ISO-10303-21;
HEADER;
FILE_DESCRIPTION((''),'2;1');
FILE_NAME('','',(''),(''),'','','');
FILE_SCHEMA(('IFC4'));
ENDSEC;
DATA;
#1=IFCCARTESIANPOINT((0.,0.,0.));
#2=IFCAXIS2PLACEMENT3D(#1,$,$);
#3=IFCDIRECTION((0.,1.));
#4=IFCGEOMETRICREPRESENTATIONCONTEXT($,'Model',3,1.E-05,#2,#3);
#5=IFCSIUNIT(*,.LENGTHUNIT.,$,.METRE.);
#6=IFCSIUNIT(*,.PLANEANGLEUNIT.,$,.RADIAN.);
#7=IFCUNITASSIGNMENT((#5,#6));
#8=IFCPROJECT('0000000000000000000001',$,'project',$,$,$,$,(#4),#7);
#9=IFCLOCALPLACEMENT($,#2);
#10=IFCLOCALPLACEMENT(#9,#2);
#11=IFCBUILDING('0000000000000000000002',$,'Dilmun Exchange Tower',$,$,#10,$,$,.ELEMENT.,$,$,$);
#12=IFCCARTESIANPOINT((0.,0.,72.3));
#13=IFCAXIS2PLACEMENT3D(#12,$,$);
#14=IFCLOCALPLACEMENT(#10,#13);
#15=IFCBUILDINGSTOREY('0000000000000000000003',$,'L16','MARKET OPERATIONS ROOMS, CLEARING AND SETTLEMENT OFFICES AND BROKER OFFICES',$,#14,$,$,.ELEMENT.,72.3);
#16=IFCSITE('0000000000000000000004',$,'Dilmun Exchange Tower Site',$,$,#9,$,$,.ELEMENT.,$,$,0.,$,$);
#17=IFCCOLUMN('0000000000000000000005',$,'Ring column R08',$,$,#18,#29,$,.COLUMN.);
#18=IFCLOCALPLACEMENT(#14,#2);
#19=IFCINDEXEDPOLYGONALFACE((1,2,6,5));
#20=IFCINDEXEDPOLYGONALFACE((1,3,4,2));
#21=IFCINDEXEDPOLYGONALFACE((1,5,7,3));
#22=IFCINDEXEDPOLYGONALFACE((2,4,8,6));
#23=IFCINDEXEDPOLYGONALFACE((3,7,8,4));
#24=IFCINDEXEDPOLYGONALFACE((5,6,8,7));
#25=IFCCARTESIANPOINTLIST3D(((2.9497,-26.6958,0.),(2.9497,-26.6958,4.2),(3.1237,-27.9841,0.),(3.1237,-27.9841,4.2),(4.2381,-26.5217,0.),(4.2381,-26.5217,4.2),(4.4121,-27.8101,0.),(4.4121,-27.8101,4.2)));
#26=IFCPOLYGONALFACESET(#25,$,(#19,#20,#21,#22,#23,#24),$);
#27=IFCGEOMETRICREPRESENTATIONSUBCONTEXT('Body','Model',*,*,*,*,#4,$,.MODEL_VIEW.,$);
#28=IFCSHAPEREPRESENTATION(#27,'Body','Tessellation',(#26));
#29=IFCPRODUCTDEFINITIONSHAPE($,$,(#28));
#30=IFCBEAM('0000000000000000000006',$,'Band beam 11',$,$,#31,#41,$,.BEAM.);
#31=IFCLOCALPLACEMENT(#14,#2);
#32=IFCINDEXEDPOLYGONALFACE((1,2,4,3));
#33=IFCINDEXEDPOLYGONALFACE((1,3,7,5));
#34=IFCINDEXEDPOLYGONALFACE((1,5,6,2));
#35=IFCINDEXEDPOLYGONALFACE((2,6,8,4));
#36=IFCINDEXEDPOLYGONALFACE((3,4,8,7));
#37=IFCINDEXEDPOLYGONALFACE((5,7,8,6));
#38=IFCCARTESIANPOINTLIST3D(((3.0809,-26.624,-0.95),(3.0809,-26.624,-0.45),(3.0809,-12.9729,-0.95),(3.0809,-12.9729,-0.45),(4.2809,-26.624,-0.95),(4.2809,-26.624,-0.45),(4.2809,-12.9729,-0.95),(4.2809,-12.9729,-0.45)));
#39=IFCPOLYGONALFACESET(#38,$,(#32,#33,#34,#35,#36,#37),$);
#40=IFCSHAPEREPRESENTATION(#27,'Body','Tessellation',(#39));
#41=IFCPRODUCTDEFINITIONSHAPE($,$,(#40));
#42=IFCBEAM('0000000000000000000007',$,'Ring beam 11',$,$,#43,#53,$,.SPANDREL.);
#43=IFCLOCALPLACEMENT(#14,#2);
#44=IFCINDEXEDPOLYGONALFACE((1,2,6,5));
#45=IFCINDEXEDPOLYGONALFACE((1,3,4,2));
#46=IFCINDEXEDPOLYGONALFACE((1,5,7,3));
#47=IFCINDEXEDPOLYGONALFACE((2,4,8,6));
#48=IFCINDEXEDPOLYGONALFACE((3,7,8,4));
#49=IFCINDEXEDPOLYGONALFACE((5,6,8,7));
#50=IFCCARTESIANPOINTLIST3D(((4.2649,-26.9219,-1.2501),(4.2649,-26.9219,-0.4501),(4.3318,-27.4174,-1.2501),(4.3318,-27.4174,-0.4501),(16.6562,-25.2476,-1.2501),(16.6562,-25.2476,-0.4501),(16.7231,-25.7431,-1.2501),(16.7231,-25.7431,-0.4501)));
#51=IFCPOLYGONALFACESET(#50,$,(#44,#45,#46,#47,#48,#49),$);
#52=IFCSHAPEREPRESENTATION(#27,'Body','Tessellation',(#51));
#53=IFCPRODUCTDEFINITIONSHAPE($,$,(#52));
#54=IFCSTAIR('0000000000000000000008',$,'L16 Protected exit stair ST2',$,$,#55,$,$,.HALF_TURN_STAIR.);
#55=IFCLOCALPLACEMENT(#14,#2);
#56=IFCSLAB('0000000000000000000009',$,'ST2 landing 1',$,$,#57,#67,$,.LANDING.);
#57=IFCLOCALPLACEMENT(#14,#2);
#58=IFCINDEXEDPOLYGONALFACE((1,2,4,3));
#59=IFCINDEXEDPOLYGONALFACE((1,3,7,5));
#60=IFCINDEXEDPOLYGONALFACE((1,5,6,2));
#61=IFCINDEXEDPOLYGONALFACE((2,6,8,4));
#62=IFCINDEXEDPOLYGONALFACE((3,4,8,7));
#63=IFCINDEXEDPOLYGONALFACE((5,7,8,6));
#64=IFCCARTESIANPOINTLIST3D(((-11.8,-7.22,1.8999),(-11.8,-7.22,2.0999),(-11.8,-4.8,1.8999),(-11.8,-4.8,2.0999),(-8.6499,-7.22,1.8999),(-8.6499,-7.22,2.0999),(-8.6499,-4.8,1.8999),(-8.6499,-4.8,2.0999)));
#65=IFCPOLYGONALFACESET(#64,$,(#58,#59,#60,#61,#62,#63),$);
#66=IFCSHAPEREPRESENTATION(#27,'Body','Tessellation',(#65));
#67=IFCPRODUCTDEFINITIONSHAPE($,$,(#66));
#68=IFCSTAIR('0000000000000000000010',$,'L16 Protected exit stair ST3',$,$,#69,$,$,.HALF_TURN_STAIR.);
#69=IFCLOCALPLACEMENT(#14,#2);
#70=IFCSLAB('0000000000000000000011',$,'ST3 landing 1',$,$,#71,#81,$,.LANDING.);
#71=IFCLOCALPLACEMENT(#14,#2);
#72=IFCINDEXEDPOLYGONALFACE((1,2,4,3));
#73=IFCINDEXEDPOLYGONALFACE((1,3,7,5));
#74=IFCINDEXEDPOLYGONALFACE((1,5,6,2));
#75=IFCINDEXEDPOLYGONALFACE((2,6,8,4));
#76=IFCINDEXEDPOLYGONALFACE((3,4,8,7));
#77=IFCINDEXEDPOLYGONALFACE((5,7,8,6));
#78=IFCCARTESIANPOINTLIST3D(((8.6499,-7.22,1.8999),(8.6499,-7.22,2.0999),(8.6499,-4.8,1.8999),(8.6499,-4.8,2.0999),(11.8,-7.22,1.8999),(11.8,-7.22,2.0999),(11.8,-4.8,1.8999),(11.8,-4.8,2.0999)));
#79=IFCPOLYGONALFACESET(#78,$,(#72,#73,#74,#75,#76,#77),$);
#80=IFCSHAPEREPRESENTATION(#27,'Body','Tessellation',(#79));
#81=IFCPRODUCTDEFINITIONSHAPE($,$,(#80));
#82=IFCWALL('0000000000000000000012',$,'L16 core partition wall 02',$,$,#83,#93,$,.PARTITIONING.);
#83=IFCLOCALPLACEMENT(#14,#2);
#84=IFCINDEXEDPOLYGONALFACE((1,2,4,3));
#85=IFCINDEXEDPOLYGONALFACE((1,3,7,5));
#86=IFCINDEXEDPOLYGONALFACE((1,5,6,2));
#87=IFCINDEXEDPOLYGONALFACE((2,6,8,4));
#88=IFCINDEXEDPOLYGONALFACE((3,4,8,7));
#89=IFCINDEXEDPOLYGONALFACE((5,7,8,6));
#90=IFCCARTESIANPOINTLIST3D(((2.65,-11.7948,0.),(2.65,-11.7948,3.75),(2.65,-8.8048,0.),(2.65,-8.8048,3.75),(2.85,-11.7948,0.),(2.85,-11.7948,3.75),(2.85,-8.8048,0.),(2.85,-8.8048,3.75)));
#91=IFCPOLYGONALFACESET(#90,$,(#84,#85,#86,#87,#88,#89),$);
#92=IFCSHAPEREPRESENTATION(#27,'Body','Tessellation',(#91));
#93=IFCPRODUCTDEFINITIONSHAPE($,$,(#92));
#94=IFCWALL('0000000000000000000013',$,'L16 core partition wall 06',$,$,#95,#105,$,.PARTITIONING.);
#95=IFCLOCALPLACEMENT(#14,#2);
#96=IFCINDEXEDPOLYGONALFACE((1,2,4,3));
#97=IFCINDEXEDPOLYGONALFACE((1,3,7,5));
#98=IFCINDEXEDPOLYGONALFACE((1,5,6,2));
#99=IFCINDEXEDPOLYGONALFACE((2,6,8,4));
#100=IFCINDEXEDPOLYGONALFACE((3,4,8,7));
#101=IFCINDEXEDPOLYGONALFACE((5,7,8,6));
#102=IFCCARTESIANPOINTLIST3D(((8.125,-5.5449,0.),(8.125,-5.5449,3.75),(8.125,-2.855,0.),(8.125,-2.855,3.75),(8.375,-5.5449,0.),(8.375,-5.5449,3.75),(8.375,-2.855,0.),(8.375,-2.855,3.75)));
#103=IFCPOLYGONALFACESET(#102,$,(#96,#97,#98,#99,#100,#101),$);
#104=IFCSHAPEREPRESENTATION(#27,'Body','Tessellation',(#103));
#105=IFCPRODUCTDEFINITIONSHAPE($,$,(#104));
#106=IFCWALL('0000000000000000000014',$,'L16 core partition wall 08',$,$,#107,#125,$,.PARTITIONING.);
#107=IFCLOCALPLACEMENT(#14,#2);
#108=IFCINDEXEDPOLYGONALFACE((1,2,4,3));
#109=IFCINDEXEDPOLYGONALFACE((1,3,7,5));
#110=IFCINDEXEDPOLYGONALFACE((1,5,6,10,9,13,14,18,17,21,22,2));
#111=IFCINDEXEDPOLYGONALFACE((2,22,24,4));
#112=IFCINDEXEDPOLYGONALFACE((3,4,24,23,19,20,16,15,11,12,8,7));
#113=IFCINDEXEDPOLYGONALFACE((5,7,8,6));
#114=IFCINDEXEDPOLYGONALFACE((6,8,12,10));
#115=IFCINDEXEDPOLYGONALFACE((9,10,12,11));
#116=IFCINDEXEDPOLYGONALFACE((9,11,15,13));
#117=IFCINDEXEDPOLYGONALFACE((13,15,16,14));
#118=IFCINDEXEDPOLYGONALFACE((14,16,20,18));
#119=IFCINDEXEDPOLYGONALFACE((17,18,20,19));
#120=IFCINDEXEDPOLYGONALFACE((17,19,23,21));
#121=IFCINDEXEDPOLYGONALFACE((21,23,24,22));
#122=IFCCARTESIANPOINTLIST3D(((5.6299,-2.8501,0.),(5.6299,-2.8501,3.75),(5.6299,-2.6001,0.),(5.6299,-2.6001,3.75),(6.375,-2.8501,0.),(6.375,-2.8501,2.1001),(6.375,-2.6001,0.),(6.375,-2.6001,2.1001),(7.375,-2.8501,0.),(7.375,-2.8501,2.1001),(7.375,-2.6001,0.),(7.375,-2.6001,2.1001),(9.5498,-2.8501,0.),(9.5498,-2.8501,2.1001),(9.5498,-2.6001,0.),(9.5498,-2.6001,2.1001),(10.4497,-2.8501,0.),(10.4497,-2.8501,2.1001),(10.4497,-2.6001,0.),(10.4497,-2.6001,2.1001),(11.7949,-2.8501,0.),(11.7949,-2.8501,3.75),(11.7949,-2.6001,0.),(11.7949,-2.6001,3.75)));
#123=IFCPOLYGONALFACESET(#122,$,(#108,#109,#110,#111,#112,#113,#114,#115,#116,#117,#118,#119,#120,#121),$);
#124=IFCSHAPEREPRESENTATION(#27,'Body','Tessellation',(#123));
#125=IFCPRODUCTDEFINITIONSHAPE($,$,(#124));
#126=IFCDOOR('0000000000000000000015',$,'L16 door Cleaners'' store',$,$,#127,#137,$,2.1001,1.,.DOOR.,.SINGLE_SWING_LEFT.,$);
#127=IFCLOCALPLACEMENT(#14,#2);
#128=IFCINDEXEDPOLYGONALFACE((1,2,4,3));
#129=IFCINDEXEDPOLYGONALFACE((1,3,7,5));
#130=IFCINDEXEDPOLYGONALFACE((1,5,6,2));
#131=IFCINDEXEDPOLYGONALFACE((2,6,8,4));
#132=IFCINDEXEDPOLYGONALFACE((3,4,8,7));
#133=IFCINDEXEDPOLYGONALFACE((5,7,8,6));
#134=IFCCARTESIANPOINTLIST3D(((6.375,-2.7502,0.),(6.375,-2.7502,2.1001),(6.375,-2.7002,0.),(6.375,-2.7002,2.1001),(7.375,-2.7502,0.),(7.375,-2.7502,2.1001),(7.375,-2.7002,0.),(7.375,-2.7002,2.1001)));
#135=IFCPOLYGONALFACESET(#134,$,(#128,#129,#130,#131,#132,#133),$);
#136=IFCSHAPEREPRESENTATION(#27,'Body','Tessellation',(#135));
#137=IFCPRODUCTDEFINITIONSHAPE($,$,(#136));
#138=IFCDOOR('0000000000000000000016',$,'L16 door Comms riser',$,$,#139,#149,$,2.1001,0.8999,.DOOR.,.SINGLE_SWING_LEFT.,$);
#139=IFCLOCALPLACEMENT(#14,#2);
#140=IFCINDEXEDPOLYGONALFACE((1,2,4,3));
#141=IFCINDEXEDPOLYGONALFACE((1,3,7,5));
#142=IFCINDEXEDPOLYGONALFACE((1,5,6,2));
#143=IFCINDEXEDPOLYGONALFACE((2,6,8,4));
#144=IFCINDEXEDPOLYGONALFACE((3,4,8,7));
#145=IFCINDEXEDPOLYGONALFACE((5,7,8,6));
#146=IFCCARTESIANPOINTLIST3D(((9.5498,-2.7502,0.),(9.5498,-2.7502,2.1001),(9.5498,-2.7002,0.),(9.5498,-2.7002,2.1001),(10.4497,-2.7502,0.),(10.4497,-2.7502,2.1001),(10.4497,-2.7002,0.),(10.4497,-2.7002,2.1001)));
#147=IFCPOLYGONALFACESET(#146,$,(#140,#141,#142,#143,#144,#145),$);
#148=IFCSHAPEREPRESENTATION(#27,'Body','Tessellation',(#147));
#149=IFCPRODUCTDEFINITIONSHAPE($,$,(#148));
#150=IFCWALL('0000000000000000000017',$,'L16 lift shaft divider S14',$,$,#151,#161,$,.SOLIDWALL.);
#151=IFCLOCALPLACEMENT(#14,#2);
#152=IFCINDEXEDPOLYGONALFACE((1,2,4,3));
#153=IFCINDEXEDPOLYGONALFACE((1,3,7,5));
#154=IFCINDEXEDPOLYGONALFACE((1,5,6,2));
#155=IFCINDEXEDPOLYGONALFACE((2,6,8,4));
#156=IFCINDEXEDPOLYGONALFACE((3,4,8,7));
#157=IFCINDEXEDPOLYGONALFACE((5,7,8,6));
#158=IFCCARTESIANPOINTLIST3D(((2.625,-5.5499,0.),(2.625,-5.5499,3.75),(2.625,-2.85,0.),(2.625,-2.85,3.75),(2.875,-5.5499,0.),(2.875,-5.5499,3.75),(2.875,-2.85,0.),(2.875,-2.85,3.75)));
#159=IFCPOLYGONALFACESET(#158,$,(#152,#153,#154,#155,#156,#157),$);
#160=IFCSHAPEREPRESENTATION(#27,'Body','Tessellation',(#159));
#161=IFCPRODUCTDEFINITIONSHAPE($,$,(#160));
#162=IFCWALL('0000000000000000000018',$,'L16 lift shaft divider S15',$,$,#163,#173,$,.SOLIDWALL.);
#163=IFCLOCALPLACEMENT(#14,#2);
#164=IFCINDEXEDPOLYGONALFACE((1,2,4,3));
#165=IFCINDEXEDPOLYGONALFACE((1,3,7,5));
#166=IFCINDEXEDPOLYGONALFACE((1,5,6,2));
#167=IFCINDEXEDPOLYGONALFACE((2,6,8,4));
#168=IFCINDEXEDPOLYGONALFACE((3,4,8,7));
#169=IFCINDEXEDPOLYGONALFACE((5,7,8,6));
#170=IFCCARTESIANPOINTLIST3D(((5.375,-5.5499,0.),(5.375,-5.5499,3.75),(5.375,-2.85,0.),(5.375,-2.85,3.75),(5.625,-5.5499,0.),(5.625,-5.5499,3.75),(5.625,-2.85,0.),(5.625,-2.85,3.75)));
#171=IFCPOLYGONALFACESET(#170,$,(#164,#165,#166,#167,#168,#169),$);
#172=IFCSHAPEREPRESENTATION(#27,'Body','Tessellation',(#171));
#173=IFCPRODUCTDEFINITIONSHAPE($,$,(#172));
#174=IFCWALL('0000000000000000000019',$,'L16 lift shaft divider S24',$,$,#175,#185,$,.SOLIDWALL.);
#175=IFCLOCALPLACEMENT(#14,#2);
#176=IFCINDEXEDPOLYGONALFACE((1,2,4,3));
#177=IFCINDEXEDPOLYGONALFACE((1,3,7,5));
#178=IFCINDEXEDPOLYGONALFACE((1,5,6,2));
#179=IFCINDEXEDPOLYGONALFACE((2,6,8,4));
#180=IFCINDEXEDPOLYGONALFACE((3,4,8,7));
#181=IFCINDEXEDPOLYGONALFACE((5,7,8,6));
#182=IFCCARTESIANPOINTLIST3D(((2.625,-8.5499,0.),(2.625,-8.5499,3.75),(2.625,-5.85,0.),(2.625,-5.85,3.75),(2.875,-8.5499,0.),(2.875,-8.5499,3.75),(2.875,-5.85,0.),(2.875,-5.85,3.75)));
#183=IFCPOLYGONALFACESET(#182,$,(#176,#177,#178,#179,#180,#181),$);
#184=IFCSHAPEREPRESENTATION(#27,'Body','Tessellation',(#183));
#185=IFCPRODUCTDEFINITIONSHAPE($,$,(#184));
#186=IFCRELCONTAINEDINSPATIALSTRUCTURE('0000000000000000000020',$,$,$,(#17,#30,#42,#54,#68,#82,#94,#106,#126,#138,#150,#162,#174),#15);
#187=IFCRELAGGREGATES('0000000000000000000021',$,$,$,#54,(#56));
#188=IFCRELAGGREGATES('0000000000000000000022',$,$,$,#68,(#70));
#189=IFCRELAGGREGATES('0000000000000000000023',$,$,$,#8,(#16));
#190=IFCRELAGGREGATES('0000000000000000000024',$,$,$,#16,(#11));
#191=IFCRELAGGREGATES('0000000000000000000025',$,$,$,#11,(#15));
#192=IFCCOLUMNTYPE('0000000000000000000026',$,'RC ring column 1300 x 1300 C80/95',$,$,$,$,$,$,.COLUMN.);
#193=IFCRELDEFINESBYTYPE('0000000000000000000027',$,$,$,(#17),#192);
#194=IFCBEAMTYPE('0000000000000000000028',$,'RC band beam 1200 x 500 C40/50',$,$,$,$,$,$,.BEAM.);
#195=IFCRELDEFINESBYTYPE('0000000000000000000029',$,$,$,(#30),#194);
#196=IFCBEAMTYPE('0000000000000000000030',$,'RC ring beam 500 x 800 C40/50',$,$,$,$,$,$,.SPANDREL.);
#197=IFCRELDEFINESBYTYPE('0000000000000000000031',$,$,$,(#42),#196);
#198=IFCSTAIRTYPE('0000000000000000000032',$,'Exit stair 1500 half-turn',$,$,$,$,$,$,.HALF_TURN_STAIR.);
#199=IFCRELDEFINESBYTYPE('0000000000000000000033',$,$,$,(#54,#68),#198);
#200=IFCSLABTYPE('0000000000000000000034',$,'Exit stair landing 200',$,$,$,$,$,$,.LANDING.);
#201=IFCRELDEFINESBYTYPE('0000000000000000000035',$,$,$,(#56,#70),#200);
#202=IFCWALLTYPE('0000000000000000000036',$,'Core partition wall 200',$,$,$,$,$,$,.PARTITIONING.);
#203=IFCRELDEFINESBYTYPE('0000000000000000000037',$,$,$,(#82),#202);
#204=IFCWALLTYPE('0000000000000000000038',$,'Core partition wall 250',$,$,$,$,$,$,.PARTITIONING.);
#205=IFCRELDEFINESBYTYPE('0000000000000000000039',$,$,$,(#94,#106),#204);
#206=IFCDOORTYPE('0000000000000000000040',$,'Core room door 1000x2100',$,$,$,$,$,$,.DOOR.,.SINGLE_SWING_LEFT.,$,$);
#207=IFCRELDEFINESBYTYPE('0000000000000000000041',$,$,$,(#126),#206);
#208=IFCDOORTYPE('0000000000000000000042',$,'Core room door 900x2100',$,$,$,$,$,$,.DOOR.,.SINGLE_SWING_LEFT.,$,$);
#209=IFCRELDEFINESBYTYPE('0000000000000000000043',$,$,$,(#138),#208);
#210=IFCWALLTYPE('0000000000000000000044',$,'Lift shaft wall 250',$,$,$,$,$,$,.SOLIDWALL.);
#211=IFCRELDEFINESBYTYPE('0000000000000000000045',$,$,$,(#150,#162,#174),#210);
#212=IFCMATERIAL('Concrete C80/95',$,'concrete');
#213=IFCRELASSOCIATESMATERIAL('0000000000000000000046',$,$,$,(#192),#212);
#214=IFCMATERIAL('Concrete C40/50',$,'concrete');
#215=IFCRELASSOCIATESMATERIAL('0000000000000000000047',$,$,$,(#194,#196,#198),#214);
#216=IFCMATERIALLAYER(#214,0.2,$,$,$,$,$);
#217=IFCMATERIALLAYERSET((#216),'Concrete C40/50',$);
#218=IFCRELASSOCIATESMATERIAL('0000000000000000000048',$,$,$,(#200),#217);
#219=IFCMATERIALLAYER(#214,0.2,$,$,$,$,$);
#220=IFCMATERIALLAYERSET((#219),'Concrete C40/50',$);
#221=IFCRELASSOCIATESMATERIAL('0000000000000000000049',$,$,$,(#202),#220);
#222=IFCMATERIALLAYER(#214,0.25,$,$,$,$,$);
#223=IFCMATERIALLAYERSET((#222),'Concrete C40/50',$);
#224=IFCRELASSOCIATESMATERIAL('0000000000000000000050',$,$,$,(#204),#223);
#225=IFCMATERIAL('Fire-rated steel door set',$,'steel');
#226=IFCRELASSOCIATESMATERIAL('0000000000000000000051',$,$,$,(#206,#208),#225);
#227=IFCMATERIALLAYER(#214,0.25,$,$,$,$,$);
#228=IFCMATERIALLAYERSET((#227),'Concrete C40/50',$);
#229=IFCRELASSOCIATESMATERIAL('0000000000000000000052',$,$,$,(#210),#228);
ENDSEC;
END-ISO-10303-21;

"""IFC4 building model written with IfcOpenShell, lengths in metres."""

from ifc_helpers import new_model, si_unit, direction, frame, frame_2d, origin, origin_2d, place, context, subcontext, project, spatial, polyline, rectangle, outline, extrude, material, layer, layer_set, material_profile, profile_set, type_object, element, fill, aggregate, save


model = new_model("IFC4")

# Units and contexts
model_context = context("Model", 3, precision=1e-05, world=origin(), true_north=direction((0.0, 1.0)))
body_context = subcontext(model_context, "Body", "Model", "MODEL_VIEW")
ifc_project = project(units=[si_unit("LENGTHUNIT", "METRE"), si_unit("PLANEANGLEUNIT", "RADIAN")], contexts=[model_context])

# Site, building, storey
site_placement = place(None, origin())
site = spatial("IfcSite", under=ifc_project, at=site_placement, Name="Dilmun Exchange Tower Site", CompositionType="ELEMENT", RefElevation=0.0)
building_placement = place(site_placement, origin())
building = spatial("IfcBuilding", under=site, at=building_placement, Name="Dilmun Exchange Tower", CompositionType="ELEMENT")
storey_placement = place(building_placement, frame((0.0, 0.0, 72.3)))
storey = spatial("IfcBuildingStorey", under=building, at=storey_placement, Name="L16", Description="MARKET OPERATIONS ROOMS, CLEARING AND SETTLEMENT OFFICES AND BROKER OFFICES", CompositionType="ELEMENT", Elevation=72.3)

# Column
ifc_material_1 = material(Name="Concrete C80/95", Category="concrete")
ifc_material_profile_1 = material_profile(ifc_material_1, rectangle(XDim=1.3, YDim=1.3, at=origin_2d()), Name="1300 x 1300")
ifc_profile_set_1 = profile_set([ifc_material_profile_1], Name="Concrete C80/95")
column_type = type_object("IfcColumnType", Name="RC ring column 1300 x 1300 C80/95", PredefinedType="COLUMN", material=ifc_profile_set_1)
column_placement = place(storey_placement, frame((3.6809, -27.2529, 0.0), z_axis=(0.0, 0.0, 1.0), x_axis=(0.991001, 0.133853, 0.0)))
element("IfcColumn", 1, at=column_placement, inside=storey, type_object=column_type, Name="Ring column R08", PredefinedType="COLUMN", context=body_context, shape_type="SweptSolid", body=[
    extrude(rectangle(XDim=1.3, YDim=1.3, at=origin_2d()), origin(), (0.0, 0.0, 1.0), 4.2),
])

# Beams
ifc_material_2 = material(Name="Concrete C40/50", Category="concrete")
ifc_material_profile_2 = material_profile(ifc_material_2, rectangle(XDim=1.2, YDim=0.5, at=origin_2d()), Name="1200 x 500")
ifc_profile_set_2 = profile_set([ifc_material_profile_2], Name="Concrete C40/50")
beam_type_1 = type_object("IfcBeamType", Name="RC band beam 1200 x 500 C40/50", PredefinedType="BEAM", material=ifc_profile_set_2)
beam_1_placement = place(storey_placement, frame((3.6809, -26.624, -0.7), z_axis=(0.0, 1.0, 0.0), x_axis=(-1.0, 0.0, 0.0)))
element("IfcBeam", 2, at=beam_1_placement, inside=storey, type_object=beam_type_1, Name="Band beam 11", PredefinedType="BEAM", context=body_context, shape_type="SweptSolid", body=[
    extrude(rectangle(XDim=1.2, YDim=0.5, at=origin_2d()), origin(), (0.0, 0.0, 1.0), 13.6511),
])
ifc_material_profile_3 = material_profile(ifc_material_2, rectangle(XDim=0.5, YDim=0.8, at=origin_2d()), Name="500 x 800")
ifc_profile_set_3 = profile_set([ifc_material_profile_3], Name="Concrete C40/50")
beam_type_2 = type_object("IfcBeamType", Name="RC ring beam 500 x 800 C40/50", PredefinedType="SPANDREL", material=ifc_profile_set_3)
beam_2_placement = place(storey_placement, frame((4.2983, -27.1697, -0.8501), z_axis=(0.990994, 0.133903, 0.0), x_axis=(-0.133903, 0.990994, 0.0)))
element("IfcBeam", 3, at=beam_2_placement, inside=storey, type_object=beam_type_2, Name="Ring beam 11", PredefinedType="SPANDREL", context=body_context, shape_type="SweptSolid", body=[
    extrude(rectangle(XDim=0.5, YDim=0.8, at=origin_2d()), origin(), (0.0, 0.0, 1.0), 12.5039),
])

# Stairs, slabs
stair_type = type_object("IfcStairType", Name="Exit stair 1500 half-turn", PredefinedType="HALF_TURN_STAIR", material=ifc_material_2)
stair_1_placement = place(storey_placement, origin())
stair_1 = element("IfcStair", 4, at=stair_1_placement, inside=storey, type_object=stair_type, Name="L16 Protected exit stair ST2", PredefinedType="HALF_TURN_STAIR")
ifc_layer_1 = layer(ifc_material_2, 0.2)
ifc_layer_set_1 = layer_set([ifc_layer_1], Name="Concrete C40/50")
slab_type = type_object("IfcSlabType", Name="Exit stair landing 200", PredefinedType="LANDING", material=ifc_layer_set_1)
slab_1_placement = place(storey_placement, frame((0.0, 0.0, 1.8999)))
slab_1 = element("IfcSlab", 5, at=slab_1_placement, type_object=slab_type, Name="ST2 landing 1", PredefinedType="LANDING", context=body_context, shape_type="SweptSolid", body=[
    extrude(outline(polyline([(-8.6499, -7.22), (-8.6499, -4.8), (-11.8, -4.8), (-11.8, -7.22), (-8.6499, -7.22)])), origin(), (0.0, 0.0, 1.0), 0.2),
])
aggregate(stair_1, [slab_1])
stair_2_placement = place(storey_placement, origin())
stair_2 = element("IfcStair", 6, at=stair_2_placement, inside=storey, type_object=stair_type, Name="L16 Protected exit stair ST3", PredefinedType="HALF_TURN_STAIR")
slab_2_placement = place(storey_placement, frame((0.0, 0.0, 1.8999)))
slab_2 = element("IfcSlab", 7, at=slab_2_placement, type_object=slab_type, Name="ST3 landing 1", PredefinedType="LANDING", context=body_context, shape_type="SweptSolid", body=[
    extrude(outline(polyline([(11.8, -7.22), (11.8, -4.8), (8.6499, -4.8), (8.6499, -7.22), (11.8, -7.22)])), origin(), (0.0, 0.0, 1.0), 0.2),
])
aggregate(stair_2, [slab_2])

# Wall
ifc_layer_2 = layer(ifc_material_2, 0.2)
ifc_layer_set_2 = layer_set([ifc_layer_2], Name="Concrete C40/50")
wall_type_1 = type_object("IfcWallType", Name="Core partition wall 200", PredefinedType="PARTITIONING", material=ifc_layer_set_2)
wall_1_placement = place(storey_placement, frame((2.75, -11.7949, 0.0), z_axis=(0.0, 0.0, 1.0), x_axis=(0.0, 1.0, 0.0)))
element("IfcWall", 8, at=wall_1_placement, inside=storey, type_object=wall_type_1, Name="L16 core partition wall 02", PredefinedType="PARTITIONING", context=body_context, shape_type="SweptSolid", body=[
    extrude(rectangle(XDim=2.99, YDim=0.2, at=frame_2d((1.4951, 0.0))), origin(), (0.0, 0.0, 1.0), 3.75),
])

# Shared definitions
ifc_material_3 = material(Name="Fire-rated steel door set", Category="steel")

# Wall
ifc_layer_3 = layer(ifc_material_2, 0.25)
ifc_layer_set_3 = layer_set([ifc_layer_3], Name="Concrete C40/50")
wall_type_2 = type_object("IfcWallType", Name="Core partition wall 250", PredefinedType="PARTITIONING", material=ifc_layer_set_3)
wall_2_placement = place(storey_placement, frame((8.25, -5.5449, 0.0), z_axis=(0.0, 0.0, 1.0), x_axis=(0.0, 1.0, 0.0)))
element("IfcWall", 9, at=wall_2_placement, inside=storey, type_object=wall_type_2, Name="L16 core partition wall 06", PredefinedType="PARTITIONING", context=body_context, shape_type="SweptSolid", body=[
    extrude(rectangle(XDim=2.6899, YDim=0.25, at=frame_2d((1.345, 0.0))), origin(), (0.0, 0.0, 1.0), 3.75),
])

# Wall, openings, doors
wall_3_placement = place(storey_placement, frame((5.6299, -2.7251, 0.0), z_axis=(0.0, 0.0, 1.0), x_axis=(1.0, 0.0, 0.0)))
wall_3 = element("IfcWall", 10, at=wall_3_placement, inside=storey, type_object=wall_type_2, Name="L16 core partition wall 08", PredefinedType="PARTITIONING", context=body_context, shape_type="SweptSolid", body=[
    extrude(rectangle(XDim=6.165, YDim=0.25, at=frame_2d((3.0825, 0.0))), origin(), (0.0, 0.0, 1.0), 3.75),
])
opening_1_placement = place(wall_3_placement, frame((0.7451, 0.0, 0.0)))
opening_1 = element("IfcOpeningElement", 11, at=opening_1_placement, cuts=wall_3, PredefinedType="OPENING", context=body_context, shape_type="SweptSolid", body=[
    extrude(rectangle(XDim=1.0, YDim=2.1001, at=frame_2d((0.5, 1.05))), frame((0.0, 0.135, 0.0), z_axis=(0.0, -1.0, 0.0), x_axis=(1.0, 0.0, 0.0)), (0.0, 0.0, 1.0), 0.27),
])
opening_2_placement = place(wall_3_placement, frame((3.9199, 0.0, 0.0)))
opening_2 = element("IfcOpeningElement", 12, at=opening_2_placement, cuts=wall_3, PredefinedType="OPENING", context=body_context, shape_type="SweptSolid", body=[
    extrude(rectangle(XDim=0.8999, YDim=2.1001, at=frame_2d((0.45, 1.05))), frame((0.0, 0.135, 0.0), z_axis=(0.0, -1.0, 0.0), x_axis=(1.0, 0.0, 0.0)), (0.0, 0.0, 1.0), 0.27),
])
door_type_1 = type_object("IfcDoorType", Name="Core room door 1000x2100", OperationType="SINGLE_SWING_LEFT", PredefinedType="DOOR", material=ifc_material_3)
door_1_placement = place(opening_1_placement, origin())
door_1 = element("IfcDoor", 13, at=door_1_placement, inside=storey, type_object=door_type_1, Name="L16 door Cleaners' store", OperationType="SINGLE_SWING_LEFT", OverallHeight=2.1001, OverallWidth=1.0, PredefinedType="DOOR", context=body_context, shape_type="SweptSolid", body=[
    extrude(rectangle(XDim=1.0, YDim=2.1001, at=frame_2d((0.5, 1.05))), frame((0.0, 0.0249, 0.0), z_axis=(0.0, -1.0, 0.0), x_axis=(1.0, 0.0, 0.0)), (0.0, 0.0, 1.0), 0.05),
])
fill(opening_1, door_1)
door_type_2 = type_object("IfcDoorType", Name="Core room door 900x2100", OperationType="SINGLE_SWING_LEFT", PredefinedType="DOOR", material=ifc_material_3)
door_2_placement = place(opening_2_placement, origin())
door_2 = element("IfcDoor", 14, at=door_2_placement, inside=storey, type_object=door_type_2, Name="L16 door Comms riser", OperationType="SINGLE_SWING_LEFT", OverallHeight=2.1001, OverallWidth=0.8999, PredefinedType="DOOR", context=body_context, shape_type="SweptSolid", body=[
    extrude(rectangle(XDim=0.8999, YDim=2.1001, at=frame_2d((0.45, 1.05))), frame((0.0, 0.0249, 0.0), z_axis=(0.0, -1.0, 0.0), x_axis=(1.0, 0.0, 0.0)), (0.0, 0.0, 1.0), 0.05),
])
fill(opening_2, door_2)

# Walls
ifc_layer_4 = layer(ifc_material_2, 0.25)
ifc_layer_set_4 = layer_set([ifc_layer_4], Name="Concrete C40/50")
wall_type_3 = type_object("IfcWallType", Name="Lift shaft wall 250", PredefinedType="SOLIDWALL", material=ifc_layer_set_4)
for number, where, z_axis, x_axis, name in (
    (15, (2.75, -5.55, 0.0), (0.0, 0.0, 1.0), (0.0, 1.0, 0.0), "L16 lift shaft divider S14"),
    (16, (5.5, -5.55, 0.0), (0.0, 0.0, 1.0), (0.0, 1.0, 0.0), "L16 lift shaft divider S15"),
    (17, (2.75, -8.55, 0.0), (0.0, 0.0, 1.0), (0.0, 1.0, 0.0), "L16 lift shaft divider S24"),
):
    element("IfcWall", number, at=place(storey_placement, frame(where, z_axis=z_axis, x_axis=x_axis)), inside=storey, type_object=wall_type_3, Name=name, PredefinedType="SOLIDWALL", context=body_context, shape_type="SweptSolid", body=[
        extrude(rectangle(XDim=2.7, YDim=0.25, at=frame_2d((1.3501, 0.0))), origin(), (0.0, 0.0, 1.0), 3.75),
    ])

save(model, "model.ifc")
